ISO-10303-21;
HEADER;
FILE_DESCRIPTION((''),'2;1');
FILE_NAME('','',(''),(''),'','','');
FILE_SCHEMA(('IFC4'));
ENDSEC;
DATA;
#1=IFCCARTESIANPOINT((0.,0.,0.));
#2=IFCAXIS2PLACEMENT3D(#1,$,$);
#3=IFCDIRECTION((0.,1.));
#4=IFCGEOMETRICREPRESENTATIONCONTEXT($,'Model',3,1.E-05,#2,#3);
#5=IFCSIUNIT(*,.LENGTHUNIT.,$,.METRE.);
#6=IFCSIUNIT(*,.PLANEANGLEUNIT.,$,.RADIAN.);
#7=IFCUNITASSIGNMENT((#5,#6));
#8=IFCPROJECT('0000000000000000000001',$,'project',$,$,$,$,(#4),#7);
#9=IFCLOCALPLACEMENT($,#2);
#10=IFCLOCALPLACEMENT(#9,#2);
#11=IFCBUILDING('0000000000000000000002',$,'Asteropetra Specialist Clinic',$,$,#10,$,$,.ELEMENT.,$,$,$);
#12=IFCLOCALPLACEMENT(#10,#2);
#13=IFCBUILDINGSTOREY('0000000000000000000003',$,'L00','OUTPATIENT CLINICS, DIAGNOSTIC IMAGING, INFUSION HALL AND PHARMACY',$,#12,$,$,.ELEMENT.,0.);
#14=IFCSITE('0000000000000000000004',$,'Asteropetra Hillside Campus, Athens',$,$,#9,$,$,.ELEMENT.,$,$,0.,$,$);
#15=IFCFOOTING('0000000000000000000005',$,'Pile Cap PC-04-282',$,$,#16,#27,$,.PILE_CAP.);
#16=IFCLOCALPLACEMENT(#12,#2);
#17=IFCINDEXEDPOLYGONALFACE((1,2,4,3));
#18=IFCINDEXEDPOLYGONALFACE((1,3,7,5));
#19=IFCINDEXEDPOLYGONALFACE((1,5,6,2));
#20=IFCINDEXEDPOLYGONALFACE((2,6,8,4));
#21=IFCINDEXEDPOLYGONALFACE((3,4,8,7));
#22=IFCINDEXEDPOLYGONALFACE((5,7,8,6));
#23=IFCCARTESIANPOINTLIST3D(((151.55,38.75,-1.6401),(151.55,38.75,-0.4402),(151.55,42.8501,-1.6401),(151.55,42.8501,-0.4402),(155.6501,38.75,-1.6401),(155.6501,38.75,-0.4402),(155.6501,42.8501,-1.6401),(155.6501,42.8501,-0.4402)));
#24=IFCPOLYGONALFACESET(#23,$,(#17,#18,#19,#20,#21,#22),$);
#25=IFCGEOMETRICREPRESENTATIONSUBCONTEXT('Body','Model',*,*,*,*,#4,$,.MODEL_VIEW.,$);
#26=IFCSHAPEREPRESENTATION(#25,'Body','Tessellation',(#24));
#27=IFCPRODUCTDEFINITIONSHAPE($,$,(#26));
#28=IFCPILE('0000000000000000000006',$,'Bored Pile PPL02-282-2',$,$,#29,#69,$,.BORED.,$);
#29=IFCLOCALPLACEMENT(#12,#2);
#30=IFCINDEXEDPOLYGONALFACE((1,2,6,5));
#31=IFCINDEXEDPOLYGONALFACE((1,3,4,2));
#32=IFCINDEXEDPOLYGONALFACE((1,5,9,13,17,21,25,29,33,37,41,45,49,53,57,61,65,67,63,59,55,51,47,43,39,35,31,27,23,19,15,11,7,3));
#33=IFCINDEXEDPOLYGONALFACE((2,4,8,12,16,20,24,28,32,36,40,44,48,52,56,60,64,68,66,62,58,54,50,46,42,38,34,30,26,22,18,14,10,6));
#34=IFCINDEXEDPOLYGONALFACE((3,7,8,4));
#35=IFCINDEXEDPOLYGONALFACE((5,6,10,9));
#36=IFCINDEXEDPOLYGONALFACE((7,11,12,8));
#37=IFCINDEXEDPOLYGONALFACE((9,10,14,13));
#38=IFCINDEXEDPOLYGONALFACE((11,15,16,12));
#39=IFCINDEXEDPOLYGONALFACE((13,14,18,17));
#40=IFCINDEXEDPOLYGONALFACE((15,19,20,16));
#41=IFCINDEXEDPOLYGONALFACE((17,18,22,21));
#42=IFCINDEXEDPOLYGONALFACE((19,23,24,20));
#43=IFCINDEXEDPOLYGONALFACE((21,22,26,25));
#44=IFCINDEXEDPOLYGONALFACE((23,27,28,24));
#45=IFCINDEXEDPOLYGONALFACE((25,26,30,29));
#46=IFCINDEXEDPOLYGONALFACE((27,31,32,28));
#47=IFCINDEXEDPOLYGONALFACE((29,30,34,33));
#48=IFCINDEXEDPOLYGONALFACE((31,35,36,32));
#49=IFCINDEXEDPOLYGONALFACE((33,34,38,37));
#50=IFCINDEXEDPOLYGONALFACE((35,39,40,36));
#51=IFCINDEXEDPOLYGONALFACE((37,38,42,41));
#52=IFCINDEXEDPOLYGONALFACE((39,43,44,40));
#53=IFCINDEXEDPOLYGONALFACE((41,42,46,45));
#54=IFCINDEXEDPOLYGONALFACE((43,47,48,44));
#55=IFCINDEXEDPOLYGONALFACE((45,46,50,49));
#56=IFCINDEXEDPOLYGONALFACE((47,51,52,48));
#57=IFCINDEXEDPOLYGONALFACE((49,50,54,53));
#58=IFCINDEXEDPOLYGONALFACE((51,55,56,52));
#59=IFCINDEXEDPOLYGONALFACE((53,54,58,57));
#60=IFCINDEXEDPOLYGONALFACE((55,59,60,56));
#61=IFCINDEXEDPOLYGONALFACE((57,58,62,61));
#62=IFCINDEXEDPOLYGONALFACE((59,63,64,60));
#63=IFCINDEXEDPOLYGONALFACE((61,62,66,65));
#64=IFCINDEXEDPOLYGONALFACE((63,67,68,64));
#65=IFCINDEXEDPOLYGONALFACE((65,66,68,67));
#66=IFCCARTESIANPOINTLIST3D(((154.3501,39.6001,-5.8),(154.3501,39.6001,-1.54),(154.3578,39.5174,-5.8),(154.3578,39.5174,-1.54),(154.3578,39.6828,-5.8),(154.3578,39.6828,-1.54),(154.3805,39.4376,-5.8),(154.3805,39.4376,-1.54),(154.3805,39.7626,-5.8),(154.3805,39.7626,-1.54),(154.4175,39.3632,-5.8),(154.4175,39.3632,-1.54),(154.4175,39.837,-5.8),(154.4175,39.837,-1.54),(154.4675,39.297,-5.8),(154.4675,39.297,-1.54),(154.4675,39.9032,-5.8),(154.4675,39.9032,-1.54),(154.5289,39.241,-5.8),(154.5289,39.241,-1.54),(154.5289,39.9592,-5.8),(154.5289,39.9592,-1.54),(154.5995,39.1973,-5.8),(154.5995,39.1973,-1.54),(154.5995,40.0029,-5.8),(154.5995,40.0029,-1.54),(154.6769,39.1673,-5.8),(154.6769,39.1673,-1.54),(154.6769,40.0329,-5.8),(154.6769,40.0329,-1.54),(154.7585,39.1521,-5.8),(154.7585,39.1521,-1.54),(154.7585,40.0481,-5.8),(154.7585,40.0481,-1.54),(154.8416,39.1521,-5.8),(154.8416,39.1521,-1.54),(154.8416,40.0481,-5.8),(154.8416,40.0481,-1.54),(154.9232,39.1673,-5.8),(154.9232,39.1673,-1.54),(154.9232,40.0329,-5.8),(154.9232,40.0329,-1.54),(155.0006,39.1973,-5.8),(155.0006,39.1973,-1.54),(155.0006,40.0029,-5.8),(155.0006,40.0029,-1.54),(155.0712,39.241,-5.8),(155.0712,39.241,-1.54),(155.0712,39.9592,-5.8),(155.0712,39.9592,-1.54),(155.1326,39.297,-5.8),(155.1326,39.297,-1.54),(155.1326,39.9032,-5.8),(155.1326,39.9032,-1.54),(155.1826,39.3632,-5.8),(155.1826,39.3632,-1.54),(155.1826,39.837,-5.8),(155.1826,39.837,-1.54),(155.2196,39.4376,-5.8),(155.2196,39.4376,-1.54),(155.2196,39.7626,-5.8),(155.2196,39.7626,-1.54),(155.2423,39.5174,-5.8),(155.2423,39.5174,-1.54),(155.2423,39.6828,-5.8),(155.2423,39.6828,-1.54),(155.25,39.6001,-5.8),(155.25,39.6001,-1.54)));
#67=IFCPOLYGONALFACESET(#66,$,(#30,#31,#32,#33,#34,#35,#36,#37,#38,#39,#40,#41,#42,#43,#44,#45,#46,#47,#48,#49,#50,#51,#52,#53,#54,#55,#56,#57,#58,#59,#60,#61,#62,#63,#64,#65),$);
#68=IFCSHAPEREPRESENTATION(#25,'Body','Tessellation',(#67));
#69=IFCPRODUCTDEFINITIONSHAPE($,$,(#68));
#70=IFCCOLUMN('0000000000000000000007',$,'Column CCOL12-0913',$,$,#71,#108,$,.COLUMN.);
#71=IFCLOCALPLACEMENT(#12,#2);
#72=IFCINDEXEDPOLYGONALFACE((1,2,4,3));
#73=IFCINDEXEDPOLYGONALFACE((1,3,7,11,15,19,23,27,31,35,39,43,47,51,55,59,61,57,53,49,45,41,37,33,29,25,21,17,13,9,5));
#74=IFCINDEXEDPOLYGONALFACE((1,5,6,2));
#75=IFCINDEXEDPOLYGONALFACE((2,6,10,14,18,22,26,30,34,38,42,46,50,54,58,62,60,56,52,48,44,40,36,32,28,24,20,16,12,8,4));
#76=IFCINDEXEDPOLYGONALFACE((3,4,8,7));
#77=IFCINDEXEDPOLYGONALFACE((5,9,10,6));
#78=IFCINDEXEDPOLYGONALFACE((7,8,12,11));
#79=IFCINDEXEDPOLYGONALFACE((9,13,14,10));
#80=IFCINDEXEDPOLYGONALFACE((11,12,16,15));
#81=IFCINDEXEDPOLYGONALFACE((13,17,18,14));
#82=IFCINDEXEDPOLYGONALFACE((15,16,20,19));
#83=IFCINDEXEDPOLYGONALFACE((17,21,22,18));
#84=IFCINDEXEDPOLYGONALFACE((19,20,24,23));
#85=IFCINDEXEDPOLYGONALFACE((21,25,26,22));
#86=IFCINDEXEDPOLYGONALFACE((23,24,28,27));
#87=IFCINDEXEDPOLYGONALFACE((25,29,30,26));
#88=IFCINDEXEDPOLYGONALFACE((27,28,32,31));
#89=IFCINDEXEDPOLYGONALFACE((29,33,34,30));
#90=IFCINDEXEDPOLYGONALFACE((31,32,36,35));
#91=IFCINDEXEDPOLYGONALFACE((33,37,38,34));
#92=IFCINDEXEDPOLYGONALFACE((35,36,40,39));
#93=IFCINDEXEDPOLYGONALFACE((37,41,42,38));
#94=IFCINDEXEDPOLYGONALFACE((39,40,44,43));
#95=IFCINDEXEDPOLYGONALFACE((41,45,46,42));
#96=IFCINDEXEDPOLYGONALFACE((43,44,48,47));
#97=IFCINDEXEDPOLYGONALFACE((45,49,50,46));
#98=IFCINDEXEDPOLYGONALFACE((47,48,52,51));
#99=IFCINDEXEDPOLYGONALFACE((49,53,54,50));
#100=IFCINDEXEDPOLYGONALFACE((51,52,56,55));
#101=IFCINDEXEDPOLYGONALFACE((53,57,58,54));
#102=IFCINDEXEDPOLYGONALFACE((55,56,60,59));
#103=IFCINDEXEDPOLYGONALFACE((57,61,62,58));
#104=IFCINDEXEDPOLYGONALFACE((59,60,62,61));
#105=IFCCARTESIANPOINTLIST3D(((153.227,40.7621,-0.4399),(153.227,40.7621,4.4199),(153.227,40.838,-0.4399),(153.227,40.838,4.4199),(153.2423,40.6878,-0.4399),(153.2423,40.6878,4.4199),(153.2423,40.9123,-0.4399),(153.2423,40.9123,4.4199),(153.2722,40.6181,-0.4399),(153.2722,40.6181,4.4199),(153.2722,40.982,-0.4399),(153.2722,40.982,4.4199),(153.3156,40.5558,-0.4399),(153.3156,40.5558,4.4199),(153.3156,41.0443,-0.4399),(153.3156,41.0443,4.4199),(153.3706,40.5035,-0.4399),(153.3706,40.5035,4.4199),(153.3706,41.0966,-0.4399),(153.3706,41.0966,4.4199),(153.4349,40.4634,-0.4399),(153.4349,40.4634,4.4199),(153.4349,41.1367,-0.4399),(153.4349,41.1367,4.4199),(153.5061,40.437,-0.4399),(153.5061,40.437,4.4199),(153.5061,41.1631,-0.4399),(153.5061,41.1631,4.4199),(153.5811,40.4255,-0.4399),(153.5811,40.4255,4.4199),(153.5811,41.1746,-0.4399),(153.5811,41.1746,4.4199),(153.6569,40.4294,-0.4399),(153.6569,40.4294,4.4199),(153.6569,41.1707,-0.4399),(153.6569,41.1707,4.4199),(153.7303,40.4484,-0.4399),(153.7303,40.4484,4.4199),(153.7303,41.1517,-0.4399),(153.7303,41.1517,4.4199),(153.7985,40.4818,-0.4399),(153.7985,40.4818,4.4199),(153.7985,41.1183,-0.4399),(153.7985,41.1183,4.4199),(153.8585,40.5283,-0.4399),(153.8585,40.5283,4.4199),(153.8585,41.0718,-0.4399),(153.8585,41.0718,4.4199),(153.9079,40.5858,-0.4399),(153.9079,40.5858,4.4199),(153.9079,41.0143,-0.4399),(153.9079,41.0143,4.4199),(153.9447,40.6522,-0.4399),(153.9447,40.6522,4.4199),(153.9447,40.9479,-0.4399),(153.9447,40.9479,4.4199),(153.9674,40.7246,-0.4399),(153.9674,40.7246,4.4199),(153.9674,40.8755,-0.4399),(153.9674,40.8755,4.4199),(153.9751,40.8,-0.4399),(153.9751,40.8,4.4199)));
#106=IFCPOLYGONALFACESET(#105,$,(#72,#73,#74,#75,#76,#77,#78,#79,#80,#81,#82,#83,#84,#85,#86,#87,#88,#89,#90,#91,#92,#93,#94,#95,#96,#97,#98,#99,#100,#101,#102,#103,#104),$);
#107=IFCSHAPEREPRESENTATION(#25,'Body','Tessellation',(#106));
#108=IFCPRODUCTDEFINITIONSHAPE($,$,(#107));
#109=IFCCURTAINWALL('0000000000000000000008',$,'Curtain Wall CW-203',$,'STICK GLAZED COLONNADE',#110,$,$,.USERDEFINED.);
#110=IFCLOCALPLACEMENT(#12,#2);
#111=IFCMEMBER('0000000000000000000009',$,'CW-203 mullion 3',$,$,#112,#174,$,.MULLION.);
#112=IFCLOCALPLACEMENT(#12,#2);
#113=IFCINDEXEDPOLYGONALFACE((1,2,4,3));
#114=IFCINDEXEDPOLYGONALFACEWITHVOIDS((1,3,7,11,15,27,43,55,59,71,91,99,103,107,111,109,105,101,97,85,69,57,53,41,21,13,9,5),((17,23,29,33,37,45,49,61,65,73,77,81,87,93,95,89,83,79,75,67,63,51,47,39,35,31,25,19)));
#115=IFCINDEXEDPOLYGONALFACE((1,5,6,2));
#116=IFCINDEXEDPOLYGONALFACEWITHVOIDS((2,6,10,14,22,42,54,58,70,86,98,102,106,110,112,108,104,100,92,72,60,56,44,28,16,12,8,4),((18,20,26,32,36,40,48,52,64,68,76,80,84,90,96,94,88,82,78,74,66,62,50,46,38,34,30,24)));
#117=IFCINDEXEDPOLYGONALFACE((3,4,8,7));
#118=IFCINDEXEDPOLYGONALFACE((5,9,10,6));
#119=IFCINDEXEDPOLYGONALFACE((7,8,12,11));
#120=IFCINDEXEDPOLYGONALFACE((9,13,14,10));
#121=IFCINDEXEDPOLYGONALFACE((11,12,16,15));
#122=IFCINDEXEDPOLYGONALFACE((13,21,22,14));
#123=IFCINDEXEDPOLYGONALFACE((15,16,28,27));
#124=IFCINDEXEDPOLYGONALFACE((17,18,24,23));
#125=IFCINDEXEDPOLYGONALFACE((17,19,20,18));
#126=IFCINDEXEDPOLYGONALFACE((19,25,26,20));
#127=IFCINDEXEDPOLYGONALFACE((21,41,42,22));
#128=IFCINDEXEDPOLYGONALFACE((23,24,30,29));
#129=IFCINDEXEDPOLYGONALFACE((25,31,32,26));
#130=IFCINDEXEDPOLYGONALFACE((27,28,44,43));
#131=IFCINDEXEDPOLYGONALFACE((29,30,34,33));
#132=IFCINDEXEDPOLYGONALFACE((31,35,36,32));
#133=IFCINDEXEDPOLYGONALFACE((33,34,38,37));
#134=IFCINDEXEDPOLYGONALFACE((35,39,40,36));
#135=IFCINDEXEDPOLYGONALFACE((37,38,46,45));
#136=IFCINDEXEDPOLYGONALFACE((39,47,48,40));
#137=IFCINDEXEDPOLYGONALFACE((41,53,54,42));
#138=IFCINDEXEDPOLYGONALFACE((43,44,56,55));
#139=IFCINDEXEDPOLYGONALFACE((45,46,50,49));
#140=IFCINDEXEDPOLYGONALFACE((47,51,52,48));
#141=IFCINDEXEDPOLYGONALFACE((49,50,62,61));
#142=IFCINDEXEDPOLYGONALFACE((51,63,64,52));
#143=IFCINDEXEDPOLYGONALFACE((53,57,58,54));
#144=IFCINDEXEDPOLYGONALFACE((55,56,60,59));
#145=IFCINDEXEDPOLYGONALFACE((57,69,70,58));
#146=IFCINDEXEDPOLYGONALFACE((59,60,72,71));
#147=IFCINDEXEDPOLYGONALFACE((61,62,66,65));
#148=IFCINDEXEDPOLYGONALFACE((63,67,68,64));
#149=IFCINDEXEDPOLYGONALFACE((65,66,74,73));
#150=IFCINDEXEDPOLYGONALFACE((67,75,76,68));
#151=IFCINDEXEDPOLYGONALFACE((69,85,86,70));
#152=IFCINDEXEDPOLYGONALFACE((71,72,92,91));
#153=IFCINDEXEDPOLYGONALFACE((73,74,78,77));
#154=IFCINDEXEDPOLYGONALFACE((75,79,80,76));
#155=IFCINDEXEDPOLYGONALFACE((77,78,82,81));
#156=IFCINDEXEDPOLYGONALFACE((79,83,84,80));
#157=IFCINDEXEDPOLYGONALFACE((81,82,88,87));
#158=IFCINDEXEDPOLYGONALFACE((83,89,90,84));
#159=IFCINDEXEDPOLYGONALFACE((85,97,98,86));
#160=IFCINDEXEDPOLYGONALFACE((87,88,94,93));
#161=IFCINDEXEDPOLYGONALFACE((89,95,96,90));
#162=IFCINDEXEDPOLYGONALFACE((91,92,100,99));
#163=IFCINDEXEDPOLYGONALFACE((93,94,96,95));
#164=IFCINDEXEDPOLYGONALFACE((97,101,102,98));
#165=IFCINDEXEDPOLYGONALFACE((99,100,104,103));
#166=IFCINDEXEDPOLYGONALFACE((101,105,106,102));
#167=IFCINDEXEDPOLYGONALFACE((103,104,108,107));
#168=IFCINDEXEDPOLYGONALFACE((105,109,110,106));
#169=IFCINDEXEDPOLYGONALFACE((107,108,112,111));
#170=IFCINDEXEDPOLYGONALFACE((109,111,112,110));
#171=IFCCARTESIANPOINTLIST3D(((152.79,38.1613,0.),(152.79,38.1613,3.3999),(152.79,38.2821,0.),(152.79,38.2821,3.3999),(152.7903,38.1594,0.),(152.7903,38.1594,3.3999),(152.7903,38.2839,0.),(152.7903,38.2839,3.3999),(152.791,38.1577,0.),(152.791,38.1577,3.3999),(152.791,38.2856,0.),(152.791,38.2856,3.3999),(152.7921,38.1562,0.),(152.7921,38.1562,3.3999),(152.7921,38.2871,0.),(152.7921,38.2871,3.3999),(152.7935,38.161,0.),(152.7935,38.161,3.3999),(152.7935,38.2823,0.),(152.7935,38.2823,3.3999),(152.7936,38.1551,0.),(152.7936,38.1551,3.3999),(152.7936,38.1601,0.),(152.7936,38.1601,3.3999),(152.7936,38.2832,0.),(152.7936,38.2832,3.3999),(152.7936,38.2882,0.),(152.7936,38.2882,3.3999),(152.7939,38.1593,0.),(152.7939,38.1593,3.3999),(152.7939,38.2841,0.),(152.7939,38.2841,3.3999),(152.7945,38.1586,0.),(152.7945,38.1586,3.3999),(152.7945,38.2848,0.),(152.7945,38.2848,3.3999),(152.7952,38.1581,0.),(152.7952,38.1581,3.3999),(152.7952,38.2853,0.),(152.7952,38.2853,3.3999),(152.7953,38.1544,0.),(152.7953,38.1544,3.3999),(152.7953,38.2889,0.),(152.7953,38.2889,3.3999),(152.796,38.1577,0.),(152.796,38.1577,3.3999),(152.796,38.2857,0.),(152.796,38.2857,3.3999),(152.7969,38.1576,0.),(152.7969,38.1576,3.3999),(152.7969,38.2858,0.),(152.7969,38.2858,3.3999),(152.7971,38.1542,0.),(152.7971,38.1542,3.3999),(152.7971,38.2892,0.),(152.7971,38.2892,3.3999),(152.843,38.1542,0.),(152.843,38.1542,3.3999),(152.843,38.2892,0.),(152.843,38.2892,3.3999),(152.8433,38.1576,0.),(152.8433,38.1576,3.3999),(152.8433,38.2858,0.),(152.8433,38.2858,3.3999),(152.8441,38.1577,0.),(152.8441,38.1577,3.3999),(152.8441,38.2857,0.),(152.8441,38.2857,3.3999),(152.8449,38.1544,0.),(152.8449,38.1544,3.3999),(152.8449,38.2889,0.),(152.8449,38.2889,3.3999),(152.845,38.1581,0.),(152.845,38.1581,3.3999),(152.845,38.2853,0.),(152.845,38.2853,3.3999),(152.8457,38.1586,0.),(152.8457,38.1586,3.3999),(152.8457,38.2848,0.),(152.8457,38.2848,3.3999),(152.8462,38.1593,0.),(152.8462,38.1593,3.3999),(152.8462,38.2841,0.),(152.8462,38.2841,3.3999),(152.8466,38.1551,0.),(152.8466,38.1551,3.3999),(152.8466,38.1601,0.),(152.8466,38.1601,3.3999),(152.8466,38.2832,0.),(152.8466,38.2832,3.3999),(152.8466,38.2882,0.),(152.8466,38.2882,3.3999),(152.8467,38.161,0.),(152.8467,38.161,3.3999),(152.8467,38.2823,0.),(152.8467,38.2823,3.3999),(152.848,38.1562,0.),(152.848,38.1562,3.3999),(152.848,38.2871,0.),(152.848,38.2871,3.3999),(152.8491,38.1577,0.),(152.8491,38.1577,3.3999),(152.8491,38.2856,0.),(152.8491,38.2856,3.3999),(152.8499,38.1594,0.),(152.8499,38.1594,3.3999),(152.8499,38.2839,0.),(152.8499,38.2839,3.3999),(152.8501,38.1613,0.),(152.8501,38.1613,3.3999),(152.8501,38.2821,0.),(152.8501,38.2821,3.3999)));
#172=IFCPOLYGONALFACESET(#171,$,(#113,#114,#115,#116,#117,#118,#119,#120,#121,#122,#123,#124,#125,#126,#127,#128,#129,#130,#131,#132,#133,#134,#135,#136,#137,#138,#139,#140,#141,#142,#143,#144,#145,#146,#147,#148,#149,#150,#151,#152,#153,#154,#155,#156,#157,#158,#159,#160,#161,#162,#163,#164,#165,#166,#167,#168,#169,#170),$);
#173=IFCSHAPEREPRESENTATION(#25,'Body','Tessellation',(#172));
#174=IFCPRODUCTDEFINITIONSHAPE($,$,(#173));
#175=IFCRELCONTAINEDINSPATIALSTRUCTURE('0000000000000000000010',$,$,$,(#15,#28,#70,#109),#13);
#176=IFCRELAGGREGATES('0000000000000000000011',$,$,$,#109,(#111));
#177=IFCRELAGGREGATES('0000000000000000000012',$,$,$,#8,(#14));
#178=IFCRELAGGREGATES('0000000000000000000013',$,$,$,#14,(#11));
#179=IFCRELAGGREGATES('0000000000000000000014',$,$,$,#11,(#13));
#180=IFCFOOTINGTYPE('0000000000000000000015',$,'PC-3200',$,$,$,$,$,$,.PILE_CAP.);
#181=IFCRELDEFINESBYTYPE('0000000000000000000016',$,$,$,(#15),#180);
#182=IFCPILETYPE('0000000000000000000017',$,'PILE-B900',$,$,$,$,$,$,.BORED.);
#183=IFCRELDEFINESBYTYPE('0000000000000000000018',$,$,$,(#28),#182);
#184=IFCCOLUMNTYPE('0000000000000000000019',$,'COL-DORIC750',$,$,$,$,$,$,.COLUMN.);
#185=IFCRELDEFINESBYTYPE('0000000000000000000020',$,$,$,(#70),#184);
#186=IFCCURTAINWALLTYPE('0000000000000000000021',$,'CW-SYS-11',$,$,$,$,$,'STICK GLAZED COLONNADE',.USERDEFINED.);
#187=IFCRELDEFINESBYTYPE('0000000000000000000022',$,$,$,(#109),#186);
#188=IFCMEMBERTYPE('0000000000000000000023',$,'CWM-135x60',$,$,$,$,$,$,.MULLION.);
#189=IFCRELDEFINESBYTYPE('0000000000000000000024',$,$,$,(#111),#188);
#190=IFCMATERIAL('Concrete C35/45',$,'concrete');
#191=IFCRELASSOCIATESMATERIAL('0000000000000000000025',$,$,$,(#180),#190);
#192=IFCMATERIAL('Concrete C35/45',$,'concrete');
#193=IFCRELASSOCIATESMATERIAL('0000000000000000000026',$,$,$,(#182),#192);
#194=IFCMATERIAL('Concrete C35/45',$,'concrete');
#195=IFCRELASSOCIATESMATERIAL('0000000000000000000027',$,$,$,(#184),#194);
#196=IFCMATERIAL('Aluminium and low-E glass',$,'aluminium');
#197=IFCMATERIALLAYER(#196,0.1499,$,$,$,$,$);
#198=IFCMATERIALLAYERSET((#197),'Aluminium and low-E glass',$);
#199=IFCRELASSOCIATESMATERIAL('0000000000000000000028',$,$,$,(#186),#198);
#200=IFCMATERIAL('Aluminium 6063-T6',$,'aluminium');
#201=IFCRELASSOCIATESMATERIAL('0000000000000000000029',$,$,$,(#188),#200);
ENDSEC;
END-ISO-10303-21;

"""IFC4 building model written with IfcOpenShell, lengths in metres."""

from ifc_helpers import new_model, si_unit, direction, frame, origin, origin_2d, place, context, subcontext, project, spatial, rectangle, hollow_rectangle, circle, extrude, material, layer, layer_set, material_profile, profile_set, type_object, element, aggregate, save


model = new_model("IFC4")

# Units and contexts
model_context = context("Model", 3, precision=1e-05, world=origin(), true_north=direction((0.0, 1.0)))
body_context = subcontext(model_context, "Body", "Model", "MODEL_VIEW")
ifc_project = project(units=[si_unit("LENGTHUNIT", "METRE"), si_unit("PLANEANGLEUNIT", "RADIAN")], contexts=[model_context])

# Site, building, storey
site_placement = place(None, origin())
site = spatial("IfcSite", under=ifc_project, at=site_placement, Name="Asteropetra Hillside Campus, Athens", CompositionType="ELEMENT", RefElevation=0.0)
building_placement = place(site_placement, origin())
building = spatial("IfcBuilding", under=site, at=building_placement, Name="Asteropetra Specialist Clinic", CompositionType="ELEMENT")
storey_placement = place(building_placement, origin())
storey = spatial("IfcBuildingStorey", under=building, at=storey_placement, Name="L00", Description="OUTPATIENT CLINICS, DIAGNOSTIC IMAGING, INFUSION HALL AND PHARMACY", CompositionType="ELEMENT", Elevation=0.0)

# Footing
ifc_material_1 = material(Name="Concrete C35/45", Category="concrete")
footing_type = type_object("IfcFootingType", Name="PC-3200", PredefinedType="PILE_CAP", material=ifc_material_1)
footing_placement = place(storey_placement, frame((153.6001, 40.8, -1.6401), z_axis=(0.0, 0.0, 1.0), x_axis=(1.0, 0.0, 0.0)))
element("IfcFooting", 1, at=footing_placement, inside=storey, type_object=footing_type, Name="Pile Cap PC-04-282", PredefinedType="PILE_CAP", context=body_context, shape_type="SweptSolid", body=[
    extrude(rectangle(XDim=4.1001, YDim=4.1001, at=origin_2d()), origin(), (0.0, 0.0, 1.0), 1.2),
])

# Pile
ifc_material_2 = material(Name="Concrete C35/45", Category="concrete")
ifc_material_profile_1 = material_profile(ifc_material_2, circle(Radius=0.45, at=origin_2d()), Name="PILE D900")
ifc_profile_set_1 = profile_set([ifc_material_profile_1], Name="Concrete C35/45")
pile_type = type_object("IfcPileType", Name="PILE-B900", PredefinedType="BORED", material=ifc_profile_set_1)
pile_placement = place(storey_placement, frame((154.8, 39.6001, -1.54), z_axis=(0.0, 0.0, -1.0), x_axis=(1.0, 0.0, 0.0)))
element("IfcPile", 2, at=pile_placement, inside=storey, type_object=pile_type, Name="Bored Pile PPL02-282-2", PredefinedType="BORED", context=body_context, shape_type="SweptSolid", body=[
    extrude(circle(Radius=0.45, at=origin_2d()), origin(), (0.0, 0.0, 1.0), 4.26),
])

# Column
ifc_material_3 = material(Name="Concrete C35/45", Category="concrete")
ifc_material_profile_2 = material_profile(ifc_material_3, circle(Radius=0.375, at=origin_2d()), Name="RCC D750")
ifc_profile_set_2 = profile_set([ifc_material_profile_2], Name="Concrete C35/45")
column_type = type_object("IfcColumnType", Name="COL-DORIC750", PredefinedType="COLUMN", material=ifc_profile_set_2)
column_placement = place(storey_placement, frame((153.6001, 40.8, -0.4399), z_axis=(0.0, 0.0, 1.0), x_axis=(1.0, 0.0, 0.0)))
element("IfcColumn", 3, at=column_placement, inside=storey, type_object=column_type, Name="Column CCOL12-0913", PredefinedType="COLUMN", context=body_context, shape_type="SweptSolid", body=[
    extrude(circle(Radius=0.375, at=origin_2d()), origin(), (0.0, 0.0, 1.0), 4.8599),
])

# Curtain wall, member
ifc_material_4 = material(Name="Aluminium and low-E glass", Category="aluminium")
ifc_layer_1 = layer(ifc_material_4, 0.1499)
ifc_layer_set_1 = layer_set([ifc_layer_1], Name="Aluminium and low-E glass")
curtain_wall_type_1 = type_object("IfcCurtainWallType", Name="CW-SYS-11", ElementType="STICK GLAZED COLONNADE", PredefinedType="USERDEFINED", material=ifc_layer_set_1)
curtain_wall_1_placement = place(storey_placement, origin())
curtain_wall_1 = element("IfcCurtainWall", 4, at=curtain_wall_1_placement, inside=storey, type_object=curtain_wall_type_1, Name="Curtain Wall CW-203", ObjectType="STICK GLAZED COLONNADE", PredefinedType="USERDEFINED")
ifc_material_5 = material(Name="Aluminium 6063-T6", Category="aluminium")
ifc_material_profile_3 = material_profile(ifc_material_5, hollow_rectangle(XDim=0.0601, YDim=0.135, WallThickness=0.0034, InnerFilletRadius=0.0034, OuterFilletRadius=0.0071, at=origin_2d()), Name="MUL 135x60x3.5")
ifc_profile_set_3 = profile_set([ifc_material_profile_3], Name="Aluminium 6063-T6")
member_type_1 = type_object("IfcMemberType", Name="CWM-135x60", PredefinedType="MULLION", material=ifc_profile_set_3)
member_1_placement = place(storey_placement, frame((152.8201, 38.2217, 0.0), z_axis=(0.0, 0.0, 1.0), x_axis=(-1.0, 0.0, 0.0)))
member_1 = element("IfcMember", 5, at=member_1_placement, type_object=member_type_1, Name="CW-203 mullion 3", PredefinedType="MULLION", context=body_context, shape_type="SweptSolid", body=[
    extrude(hollow_rectangle(XDim=0.0601, YDim=0.135, WallThickness=0.0034, InnerFilletRadius=0.0034, OuterFilletRadius=0.0071, at=origin_2d()), origin(), (0.0, 0.0, 1.0), 3.3999),
])

aggregate(curtain_wall_1, [member_1])

save(model, "model.ifc")
